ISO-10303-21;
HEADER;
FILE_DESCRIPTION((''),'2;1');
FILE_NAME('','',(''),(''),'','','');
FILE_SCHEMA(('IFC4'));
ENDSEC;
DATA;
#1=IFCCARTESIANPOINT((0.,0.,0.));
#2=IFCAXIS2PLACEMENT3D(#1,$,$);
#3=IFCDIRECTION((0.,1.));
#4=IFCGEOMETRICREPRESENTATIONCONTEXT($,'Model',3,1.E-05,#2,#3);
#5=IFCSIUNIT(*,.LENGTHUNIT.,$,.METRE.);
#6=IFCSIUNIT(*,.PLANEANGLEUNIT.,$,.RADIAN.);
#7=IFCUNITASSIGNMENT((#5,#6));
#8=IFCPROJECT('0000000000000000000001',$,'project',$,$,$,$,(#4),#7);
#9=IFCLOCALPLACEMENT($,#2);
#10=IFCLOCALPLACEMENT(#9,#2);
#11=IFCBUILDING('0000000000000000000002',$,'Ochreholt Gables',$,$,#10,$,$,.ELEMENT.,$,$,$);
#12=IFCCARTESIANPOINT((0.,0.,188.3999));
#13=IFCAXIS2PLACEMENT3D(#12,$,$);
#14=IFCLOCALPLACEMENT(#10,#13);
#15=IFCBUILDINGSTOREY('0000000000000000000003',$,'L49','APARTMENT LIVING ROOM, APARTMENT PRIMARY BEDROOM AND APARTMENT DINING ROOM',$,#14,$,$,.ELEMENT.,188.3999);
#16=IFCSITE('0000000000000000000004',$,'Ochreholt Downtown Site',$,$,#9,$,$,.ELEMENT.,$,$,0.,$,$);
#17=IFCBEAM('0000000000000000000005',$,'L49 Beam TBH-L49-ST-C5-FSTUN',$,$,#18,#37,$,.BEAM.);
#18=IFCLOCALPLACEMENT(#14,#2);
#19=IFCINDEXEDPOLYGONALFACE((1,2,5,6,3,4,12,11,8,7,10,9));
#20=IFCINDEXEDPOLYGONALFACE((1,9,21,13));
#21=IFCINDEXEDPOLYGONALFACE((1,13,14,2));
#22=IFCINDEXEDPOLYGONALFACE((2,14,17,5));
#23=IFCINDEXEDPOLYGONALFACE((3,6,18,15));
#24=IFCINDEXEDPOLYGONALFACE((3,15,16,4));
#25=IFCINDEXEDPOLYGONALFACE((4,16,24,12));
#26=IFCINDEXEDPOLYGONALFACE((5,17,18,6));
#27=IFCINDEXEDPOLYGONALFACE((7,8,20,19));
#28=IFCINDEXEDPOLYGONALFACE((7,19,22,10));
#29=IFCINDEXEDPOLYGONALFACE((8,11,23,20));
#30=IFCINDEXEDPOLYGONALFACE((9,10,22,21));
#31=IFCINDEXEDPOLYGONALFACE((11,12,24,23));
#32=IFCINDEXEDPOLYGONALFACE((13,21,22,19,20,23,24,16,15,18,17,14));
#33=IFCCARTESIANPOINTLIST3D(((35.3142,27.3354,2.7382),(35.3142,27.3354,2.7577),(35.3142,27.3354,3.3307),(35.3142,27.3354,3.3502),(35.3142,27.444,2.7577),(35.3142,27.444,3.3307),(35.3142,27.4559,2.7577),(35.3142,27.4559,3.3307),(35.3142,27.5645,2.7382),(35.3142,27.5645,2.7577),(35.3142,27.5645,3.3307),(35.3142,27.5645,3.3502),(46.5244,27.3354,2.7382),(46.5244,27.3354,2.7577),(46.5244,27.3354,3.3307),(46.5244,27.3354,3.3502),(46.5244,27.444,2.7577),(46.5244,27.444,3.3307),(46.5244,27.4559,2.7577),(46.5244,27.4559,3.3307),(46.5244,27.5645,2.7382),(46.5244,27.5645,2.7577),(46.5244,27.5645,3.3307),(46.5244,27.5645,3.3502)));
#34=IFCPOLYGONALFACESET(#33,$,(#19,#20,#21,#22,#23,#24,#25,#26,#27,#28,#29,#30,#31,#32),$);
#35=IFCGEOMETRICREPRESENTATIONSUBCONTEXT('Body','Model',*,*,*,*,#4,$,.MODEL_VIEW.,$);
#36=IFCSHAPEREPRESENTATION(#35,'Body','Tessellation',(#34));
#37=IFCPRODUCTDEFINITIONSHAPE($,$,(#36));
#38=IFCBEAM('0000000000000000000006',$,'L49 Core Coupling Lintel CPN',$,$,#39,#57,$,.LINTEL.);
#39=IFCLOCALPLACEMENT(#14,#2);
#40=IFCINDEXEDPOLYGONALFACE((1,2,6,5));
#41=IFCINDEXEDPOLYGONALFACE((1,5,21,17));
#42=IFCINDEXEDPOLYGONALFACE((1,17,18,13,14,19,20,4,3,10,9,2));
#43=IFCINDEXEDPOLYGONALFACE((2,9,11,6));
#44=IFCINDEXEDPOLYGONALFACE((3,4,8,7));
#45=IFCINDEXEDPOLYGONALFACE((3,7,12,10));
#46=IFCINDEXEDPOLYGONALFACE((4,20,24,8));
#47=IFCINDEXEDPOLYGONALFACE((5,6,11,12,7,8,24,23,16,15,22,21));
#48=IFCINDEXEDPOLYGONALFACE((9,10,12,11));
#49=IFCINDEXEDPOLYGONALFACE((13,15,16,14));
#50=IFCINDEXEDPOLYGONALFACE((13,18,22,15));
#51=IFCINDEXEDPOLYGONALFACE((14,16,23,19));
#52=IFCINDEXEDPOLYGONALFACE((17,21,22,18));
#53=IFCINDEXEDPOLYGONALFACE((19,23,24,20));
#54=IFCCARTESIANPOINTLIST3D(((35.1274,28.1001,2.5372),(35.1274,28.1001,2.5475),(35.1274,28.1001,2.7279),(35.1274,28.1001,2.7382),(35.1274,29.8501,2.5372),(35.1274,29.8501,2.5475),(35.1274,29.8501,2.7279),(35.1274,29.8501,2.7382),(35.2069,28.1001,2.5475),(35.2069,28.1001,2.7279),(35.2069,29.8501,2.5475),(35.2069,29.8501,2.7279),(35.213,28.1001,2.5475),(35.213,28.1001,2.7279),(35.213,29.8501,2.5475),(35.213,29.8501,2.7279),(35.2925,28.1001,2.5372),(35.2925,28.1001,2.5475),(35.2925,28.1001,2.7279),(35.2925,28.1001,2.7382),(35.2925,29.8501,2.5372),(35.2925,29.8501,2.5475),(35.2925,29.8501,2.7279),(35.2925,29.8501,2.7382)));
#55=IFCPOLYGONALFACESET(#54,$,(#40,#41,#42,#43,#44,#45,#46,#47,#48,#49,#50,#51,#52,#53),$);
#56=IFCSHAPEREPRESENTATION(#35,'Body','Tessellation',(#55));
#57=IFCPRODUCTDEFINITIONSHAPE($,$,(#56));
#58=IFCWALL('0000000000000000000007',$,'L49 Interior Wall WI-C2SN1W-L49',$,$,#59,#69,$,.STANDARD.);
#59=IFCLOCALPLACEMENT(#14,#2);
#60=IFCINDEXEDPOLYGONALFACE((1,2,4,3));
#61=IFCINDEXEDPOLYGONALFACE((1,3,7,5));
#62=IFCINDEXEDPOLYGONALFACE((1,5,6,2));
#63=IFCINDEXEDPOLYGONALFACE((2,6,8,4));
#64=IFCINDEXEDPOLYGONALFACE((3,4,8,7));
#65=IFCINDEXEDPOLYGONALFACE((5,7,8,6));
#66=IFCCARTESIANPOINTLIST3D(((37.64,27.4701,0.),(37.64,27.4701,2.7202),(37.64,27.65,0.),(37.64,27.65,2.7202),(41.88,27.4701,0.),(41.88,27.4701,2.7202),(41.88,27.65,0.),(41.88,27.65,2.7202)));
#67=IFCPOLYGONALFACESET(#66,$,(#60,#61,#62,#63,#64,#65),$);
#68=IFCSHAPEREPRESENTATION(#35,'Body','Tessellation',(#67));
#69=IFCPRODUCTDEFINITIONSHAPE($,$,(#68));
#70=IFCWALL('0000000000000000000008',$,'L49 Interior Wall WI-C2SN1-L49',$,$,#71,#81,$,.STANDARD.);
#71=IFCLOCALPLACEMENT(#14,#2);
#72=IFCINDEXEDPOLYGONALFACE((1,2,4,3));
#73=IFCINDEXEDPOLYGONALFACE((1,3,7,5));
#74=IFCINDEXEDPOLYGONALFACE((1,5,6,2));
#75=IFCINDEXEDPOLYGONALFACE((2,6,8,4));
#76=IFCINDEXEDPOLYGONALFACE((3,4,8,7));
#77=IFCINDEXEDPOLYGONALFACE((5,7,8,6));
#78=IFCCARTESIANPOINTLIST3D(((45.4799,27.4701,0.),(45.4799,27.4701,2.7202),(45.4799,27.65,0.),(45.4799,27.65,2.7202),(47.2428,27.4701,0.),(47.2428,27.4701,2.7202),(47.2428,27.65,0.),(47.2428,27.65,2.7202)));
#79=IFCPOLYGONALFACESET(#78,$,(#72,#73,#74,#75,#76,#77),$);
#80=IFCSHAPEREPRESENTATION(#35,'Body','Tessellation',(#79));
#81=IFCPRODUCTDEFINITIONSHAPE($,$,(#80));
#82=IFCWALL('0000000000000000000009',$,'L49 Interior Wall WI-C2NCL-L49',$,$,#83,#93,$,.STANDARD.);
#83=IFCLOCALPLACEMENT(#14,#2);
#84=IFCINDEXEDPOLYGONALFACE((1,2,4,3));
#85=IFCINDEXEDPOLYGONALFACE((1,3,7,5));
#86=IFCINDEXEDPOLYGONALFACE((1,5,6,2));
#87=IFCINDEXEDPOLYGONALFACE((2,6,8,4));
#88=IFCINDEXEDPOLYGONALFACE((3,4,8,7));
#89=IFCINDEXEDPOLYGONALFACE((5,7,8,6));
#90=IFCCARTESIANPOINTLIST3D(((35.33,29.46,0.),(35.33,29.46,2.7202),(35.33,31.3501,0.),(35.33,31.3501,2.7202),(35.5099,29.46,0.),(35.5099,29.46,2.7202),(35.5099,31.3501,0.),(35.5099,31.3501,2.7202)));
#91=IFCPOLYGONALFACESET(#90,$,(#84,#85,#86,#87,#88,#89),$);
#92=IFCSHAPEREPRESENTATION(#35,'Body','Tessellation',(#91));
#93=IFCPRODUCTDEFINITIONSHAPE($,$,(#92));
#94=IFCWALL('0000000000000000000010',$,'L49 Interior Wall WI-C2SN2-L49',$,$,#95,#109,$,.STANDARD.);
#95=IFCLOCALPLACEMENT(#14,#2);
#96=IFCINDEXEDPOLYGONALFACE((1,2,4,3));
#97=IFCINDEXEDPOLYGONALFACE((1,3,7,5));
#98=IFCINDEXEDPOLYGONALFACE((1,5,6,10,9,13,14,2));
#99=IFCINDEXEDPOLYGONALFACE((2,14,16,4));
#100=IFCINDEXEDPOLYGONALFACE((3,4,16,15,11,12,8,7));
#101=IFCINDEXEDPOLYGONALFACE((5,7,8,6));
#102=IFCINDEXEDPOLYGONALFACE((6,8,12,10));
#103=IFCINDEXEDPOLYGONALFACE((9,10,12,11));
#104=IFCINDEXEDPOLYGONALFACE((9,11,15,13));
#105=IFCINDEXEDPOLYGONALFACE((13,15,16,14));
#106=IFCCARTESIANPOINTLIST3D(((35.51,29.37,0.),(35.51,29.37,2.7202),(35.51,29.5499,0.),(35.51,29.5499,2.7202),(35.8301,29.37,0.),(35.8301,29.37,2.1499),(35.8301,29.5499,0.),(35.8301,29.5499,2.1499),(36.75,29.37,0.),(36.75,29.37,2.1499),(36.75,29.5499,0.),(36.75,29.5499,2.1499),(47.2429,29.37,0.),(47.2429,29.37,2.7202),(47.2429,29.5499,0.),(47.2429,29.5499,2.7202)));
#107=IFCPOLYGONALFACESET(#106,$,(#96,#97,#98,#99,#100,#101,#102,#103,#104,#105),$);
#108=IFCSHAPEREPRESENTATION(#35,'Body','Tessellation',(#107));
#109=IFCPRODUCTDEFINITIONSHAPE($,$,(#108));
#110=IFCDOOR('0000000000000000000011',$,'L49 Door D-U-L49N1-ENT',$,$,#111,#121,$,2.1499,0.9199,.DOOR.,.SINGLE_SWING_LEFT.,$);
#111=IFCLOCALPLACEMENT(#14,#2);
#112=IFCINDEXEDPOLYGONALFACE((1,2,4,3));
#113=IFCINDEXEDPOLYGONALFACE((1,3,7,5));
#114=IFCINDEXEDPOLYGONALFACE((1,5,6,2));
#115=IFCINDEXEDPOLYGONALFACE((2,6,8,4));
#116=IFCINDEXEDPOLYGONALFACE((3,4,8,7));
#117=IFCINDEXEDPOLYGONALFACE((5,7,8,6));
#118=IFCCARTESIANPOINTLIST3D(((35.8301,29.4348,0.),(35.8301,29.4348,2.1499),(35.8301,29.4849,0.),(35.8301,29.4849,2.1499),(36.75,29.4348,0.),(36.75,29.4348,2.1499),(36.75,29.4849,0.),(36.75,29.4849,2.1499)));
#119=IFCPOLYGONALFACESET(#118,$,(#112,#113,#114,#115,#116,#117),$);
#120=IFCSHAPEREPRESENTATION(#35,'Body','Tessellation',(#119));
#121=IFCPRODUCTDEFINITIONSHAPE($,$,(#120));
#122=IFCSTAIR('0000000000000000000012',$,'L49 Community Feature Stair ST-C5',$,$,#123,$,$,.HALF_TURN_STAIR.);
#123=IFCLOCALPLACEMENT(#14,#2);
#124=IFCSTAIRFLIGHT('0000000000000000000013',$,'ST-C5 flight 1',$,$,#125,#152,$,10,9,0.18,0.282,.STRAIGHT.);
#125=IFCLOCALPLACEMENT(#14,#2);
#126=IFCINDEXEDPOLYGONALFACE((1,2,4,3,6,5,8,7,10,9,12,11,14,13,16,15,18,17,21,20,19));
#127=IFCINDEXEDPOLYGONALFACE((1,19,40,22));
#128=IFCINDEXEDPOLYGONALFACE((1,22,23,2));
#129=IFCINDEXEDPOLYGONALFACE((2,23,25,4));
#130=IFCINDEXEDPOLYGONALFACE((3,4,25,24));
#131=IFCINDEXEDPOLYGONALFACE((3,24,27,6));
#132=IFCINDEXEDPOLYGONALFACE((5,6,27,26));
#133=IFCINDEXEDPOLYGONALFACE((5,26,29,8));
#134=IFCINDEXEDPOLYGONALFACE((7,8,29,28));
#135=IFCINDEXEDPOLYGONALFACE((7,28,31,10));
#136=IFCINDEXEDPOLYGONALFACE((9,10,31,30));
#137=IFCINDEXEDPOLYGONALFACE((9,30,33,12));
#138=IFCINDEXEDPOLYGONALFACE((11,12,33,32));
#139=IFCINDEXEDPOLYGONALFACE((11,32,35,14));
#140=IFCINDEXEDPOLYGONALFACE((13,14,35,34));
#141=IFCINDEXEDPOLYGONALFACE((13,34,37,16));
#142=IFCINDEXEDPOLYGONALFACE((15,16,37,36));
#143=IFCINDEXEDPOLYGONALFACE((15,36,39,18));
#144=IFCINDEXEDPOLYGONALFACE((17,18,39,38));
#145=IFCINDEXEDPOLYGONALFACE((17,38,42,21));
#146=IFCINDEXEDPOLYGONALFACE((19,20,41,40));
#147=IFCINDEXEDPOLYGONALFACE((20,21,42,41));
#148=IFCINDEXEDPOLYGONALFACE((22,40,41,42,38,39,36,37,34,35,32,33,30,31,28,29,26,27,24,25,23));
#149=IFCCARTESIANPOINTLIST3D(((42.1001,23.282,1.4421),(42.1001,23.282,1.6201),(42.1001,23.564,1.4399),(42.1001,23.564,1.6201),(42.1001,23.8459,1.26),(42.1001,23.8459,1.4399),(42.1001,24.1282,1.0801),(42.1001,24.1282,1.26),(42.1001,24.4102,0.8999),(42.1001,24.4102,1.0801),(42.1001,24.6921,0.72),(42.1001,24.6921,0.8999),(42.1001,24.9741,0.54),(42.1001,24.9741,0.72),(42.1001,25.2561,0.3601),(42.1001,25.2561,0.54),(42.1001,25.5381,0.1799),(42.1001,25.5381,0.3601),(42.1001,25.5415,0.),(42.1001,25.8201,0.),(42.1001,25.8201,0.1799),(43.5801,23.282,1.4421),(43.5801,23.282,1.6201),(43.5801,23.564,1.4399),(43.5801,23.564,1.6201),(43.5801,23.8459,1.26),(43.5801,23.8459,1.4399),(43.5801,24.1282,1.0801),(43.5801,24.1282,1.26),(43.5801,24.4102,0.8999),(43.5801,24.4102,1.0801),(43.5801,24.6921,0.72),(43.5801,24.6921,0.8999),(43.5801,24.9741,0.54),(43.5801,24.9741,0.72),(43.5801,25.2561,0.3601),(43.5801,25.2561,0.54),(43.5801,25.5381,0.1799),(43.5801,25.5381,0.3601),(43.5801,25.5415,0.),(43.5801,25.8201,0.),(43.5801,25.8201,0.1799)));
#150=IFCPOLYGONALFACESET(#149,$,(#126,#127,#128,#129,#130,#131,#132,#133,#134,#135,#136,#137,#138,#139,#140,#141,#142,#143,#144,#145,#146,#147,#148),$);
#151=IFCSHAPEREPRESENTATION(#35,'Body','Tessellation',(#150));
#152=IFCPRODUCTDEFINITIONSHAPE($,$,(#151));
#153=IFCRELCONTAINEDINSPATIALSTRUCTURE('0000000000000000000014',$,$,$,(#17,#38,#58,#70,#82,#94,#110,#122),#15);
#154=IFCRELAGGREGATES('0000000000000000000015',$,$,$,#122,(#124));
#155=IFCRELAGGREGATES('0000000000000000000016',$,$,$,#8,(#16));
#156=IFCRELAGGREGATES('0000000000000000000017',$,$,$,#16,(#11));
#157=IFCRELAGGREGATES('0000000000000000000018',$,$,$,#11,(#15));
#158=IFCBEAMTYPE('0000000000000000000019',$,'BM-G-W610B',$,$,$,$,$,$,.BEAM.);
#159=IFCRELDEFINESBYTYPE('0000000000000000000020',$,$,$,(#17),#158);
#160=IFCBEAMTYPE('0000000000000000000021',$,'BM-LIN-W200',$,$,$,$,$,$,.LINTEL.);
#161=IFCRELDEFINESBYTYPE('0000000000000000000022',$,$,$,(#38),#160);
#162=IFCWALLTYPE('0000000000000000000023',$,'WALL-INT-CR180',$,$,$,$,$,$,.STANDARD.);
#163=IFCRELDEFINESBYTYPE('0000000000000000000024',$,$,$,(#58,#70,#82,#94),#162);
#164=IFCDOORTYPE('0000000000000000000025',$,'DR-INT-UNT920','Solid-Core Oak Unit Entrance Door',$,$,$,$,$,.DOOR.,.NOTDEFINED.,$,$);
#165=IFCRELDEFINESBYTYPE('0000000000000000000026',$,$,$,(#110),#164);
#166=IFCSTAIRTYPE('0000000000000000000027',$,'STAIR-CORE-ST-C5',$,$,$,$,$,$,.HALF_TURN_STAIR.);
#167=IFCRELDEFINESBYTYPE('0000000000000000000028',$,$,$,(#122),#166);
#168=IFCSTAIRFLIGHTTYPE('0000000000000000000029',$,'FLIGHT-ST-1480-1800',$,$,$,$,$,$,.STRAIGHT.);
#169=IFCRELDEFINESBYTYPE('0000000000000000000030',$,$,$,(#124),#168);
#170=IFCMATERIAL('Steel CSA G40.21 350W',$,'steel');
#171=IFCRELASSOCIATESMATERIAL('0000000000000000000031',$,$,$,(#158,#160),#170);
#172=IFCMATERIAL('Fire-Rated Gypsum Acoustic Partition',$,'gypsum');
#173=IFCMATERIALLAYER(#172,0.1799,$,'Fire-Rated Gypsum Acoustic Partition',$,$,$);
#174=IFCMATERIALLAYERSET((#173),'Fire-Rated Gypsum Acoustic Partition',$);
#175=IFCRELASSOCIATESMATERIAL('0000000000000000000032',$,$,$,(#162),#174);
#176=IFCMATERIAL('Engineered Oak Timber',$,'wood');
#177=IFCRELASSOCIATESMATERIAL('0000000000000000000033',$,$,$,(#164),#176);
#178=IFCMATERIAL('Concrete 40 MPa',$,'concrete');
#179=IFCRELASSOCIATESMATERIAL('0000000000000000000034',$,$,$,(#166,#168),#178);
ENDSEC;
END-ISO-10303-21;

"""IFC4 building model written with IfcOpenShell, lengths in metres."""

from ifc_helpers import new_model, si_unit, direction, frame, frame_2d, origin, origin_2d, place, context, subcontext, project, spatial, polyline, rectangle, i_section, outline, extrude, material, layer, layer_set, material_profile, profile_set, type_object, element, fill, aggregate, save


model = new_model("IFC4")

# Units and contexts
model_context = context("Model", 3, precision=1e-05, world=origin(), true_north=direction((0.0, 1.0)))
body_context = subcontext(model_context, "Body", "Model", "MODEL_VIEW")
ifc_project = project(units=[si_unit("LENGTHUNIT", "METRE"), si_unit("PLANEANGLEUNIT", "RADIAN")], contexts=[model_context])

# Site, building, storey
site_placement = place(None, origin())
site = spatial("IfcSite", under=ifc_project, at=site_placement, Name="Ochreholt Downtown Site", CompositionType="ELEMENT", RefElevation=0.0)
building_placement = place(site_placement, origin())
building = spatial("IfcBuilding", under=site, at=building_placement, Name="Ochreholt Gables", CompositionType="ELEMENT")
storey_placement = place(building_placement, frame((0.0, 0.0, 188.3999)))
storey = spatial("IfcBuildingStorey", under=building, at=storey_placement, Name="L49", Description="APARTMENT LIVING ROOM, APARTMENT PRIMARY BEDROOM AND APARTMENT DINING ROOM", CompositionType="ELEMENT", Elevation=188.3999)

# Beams
ifc_material_1 = material(Name="Steel CSA G40.21 350W", Category="steel")
ifc_material_profile_1 = material_profile(ifc_material_1, i_section(OverallWidth=0.229, OverallDepth=0.6121, WebThickness=0.012, FlangeThickness=0.0195, at=origin_2d()), Name="W610X125")
ifc_profile_set_1 = profile_set([ifc_material_profile_1], Name="Steel CSA G40.21 350W")
beam_type_1 = type_object("IfcBeamType", Name="BM-G-W610B", PredefinedType="BEAM", material=ifc_profile_set_1)
beam_1_placement = place(storey_placement, frame((35.3142, 27.45, 3.0442), z_axis=(1.0, 0.0, 0.0), x_axis=(0.0, 1.0, 0.0)))
element("IfcBeam", 1, at=beam_1_placement, inside=storey, type_object=beam_type_1, Name="L49 Beam TBH-L49-ST-C5-FSTUN", PredefinedType="BEAM", context=body_context, shape_type="SweptSolid", body=[
    extrude(i_section(OverallWidth=0.229, OverallDepth=0.6121, WebThickness=0.012, FlangeThickness=0.0195, at=origin_2d()), origin(), (0.0, 0.0, 1.0), 11.2102),
])
ifc_material_profile_2 = material_profile(ifc_material_1, i_section(OverallWidth=0.165, OverallDepth=0.2009, WebThickness=0.0061, FlangeThickness=0.0103, at=origin_2d()), Name="W200X36")
ifc_profile_set_2 = profile_set([ifc_material_profile_2], Name="Steel CSA G40.21 350W")
beam_type_2 = type_object("IfcBeamType", Name="BM-LIN-W200", PredefinedType="LINTEL", material=ifc_profile_set_2)
beam_2_placement = place(storey_placement, frame((35.21, 28.1001, 2.6377), z_axis=(0.0, 1.0, 0.0), x_axis=(-1.0, 0.0, 0.0)))
element("IfcBeam", 2, at=beam_2_placement, inside=storey, type_object=beam_type_2, Name="L49 Core Coupling Lintel CPN", PredefinedType="LINTEL", context=body_context, shape_type="SweptSolid", body=[
    extrude(i_section(OverallWidth=0.165, OverallDepth=0.2009, WebThickness=0.0061, FlangeThickness=0.0103, at=origin_2d()), origin(), (0.0, 0.0, 1.0), 1.75),
])

# Walls
ifc_material_2 = material(Name="Fire-Rated Gypsum Acoustic Partition", Category="gypsum")
ifc_layer_1 = layer(ifc_material_2, 0.1799, Name="Fire-Rated Gypsum Acoustic Partition")
ifc_layer_set_1 = layer_set([ifc_layer_1], Name="Fire-Rated Gypsum Acoustic Partition")
wall_type_1 = type_object("IfcWallType", Name="WALL-INT-CR180", PredefinedType="STANDARD", material=ifc_layer_set_1)
wall_1_placement = place(storey_placement, frame((37.6399, 27.5601, 0.0), z_axis=(0.0, 0.0, 1.0), x_axis=(1.0, 0.0, 0.0)))
element("IfcWall", 3, at=wall_1_placement, inside=storey, type_object=wall_type_1, Name="L49 Interior Wall WI-C2SN1W-L49", PredefinedType="STANDARD", context=body_context, shape_type="SweptSolid", body=[
    extrude(rectangle(XDim=4.24, YDim=0.1799, at=frame_2d((2.1201, 0.0))), origin(), (0.0, 0.0, 1.0), 2.7202),
])
wall_2_placement = place(storey_placement, frame((45.48, 27.5601, 0.0), z_axis=(0.0, 0.0, 1.0), x_axis=(1.0, 0.0, 0.0)))
element("IfcWall", 4, at=wall_2_placement, inside=storey, type_object=wall_type_1, Name="L49 Interior Wall WI-C2SN1-L49", PredefinedType="STANDARD", context=body_context, shape_type="SweptSolid", body=[
    extrude(rectangle(XDim=1.7629, YDim=0.1799, at=frame_2d((0.8813, 0.0))), origin(), (0.0, 0.0, 1.0), 2.7202),
])
wall_3_placement = place(storey_placement, frame((35.4199, 29.46, 0.0), z_axis=(0.0, 0.0, 1.0), x_axis=(0.0, 1.0, 0.0)))
element("IfcWall", 5, at=wall_3_placement, inside=storey, type_object=wall_type_1, Name="L49 Interior Wall WI-C2NCL-L49", PredefinedType="STANDARD", context=body_context, shape_type="SweptSolid", body=[
    extrude(rectangle(XDim=1.8901, YDim=0.1799, at=frame_2d((0.9451, 0.0))), origin(), (0.0, 0.0, 1.0), 2.7202),
])

# Wall, opening, door
wall_4_placement = place(storey_placement, frame((35.51, 29.46, 0.0), z_axis=(0.0, 0.0, 1.0), x_axis=(1.0, 0.0, 0.0)))
wall_4 = element("IfcWall", 6, at=wall_4_placement, inside=storey, type_object=wall_type_1, Name="L49 Interior Wall WI-C2SN2-L49", PredefinedType="STANDARD", context=body_context, shape_type="SweptSolid", body=[
    extrude(rectangle(XDim=11.7329, YDim=0.1799, at=frame_2d((5.8665, 0.0))), origin(), (0.0, 0.0, 1.0), 2.7202),
])
opening_1_placement = place(wall_4_placement, frame((0.3201, 0.0, 0.0)))
opening_1 = element("IfcOpeningElement", 7, at=opening_1_placement, cuts=wall_4, PredefinedType="OPENING", context=body_context, shape_type="SweptSolid", body=[
    extrude(rectangle(XDim=0.9199, YDim=2.1499, at=frame_2d((0.46, 1.075))), frame((0.0, 0.0999, 0.0), z_axis=(0.0, -1.0, 0.0), x_axis=(1.0, 0.0, 0.0)), (0.0, 0.0, 1.0), 0.2),
])
ifc_material_3 = material(Name="Engineered Oak Timber", Category="wood")
door_type_1 = type_object("IfcDoorType", Name="DR-INT-UNT920", Description="Solid-Core Oak Unit Entrance Door", OperationType="NOTDEFINED", PredefinedType="DOOR", material=ifc_material_3)
door_1_placement = place(opening_1_placement, origin())
door_1 = element("IfcDoor", 8, at=door_1_placement, inside=storey, type_object=door_type_1, Name="L49 Door D-U-L49N1-ENT", OperationType="SINGLE_SWING_LEFT", OverallHeight=2.1499, OverallWidth=0.9199, PredefinedType="DOOR", context=body_context, shape_type="SweptSolid", body=[
    extrude(rectangle(XDim=0.9199, YDim=2.1499, at=frame_2d((0.46, 1.075))), frame((0.0, 0.0249, 0.0), z_axis=(0.0, -1.0, 0.0), x_axis=(1.0, 0.0, 0.0)), (0.0, 0.0, 1.0), 0.05),
])
fill(opening_1, door_1)

# Stair, stair flight
ifc_material_4 = material(Name="Concrete 40 MPa", Category="concrete")
stair_type = type_object("IfcStairType", Name="STAIR-CORE-ST-C5", PredefinedType="HALF_TURN_STAIR", material=ifc_material_4)
stair_placement = place(storey_placement, origin())
stair = element("IfcStair", 9, at=stair_placement, inside=storey, type_object=stair_type, Name="L49 Community Feature Stair ST-C5", PredefinedType="HALF_TURN_STAIR")
stair_flight_type = type_object("IfcStairFlightType", Name="FLIGHT-ST-1480-1800", PredefinedType="STRAIGHT", material=ifc_material_4)
stair_flight_1_placement = place(storey_placement, frame((42.8401, 25.8201, 0.0), z_axis=(0.0, 0.0, 1.0), x_axis=(0.0, -1.0, 0.0)))
stair_flight_1 = element("IfcStairFlight", 10, at=stair_flight_1_placement, type_object=stair_flight_type, Name="ST-C5 flight 1", NumberOfRisers=10, NumberOfTreads=9, PredefinedType="STRAIGHT", RiserHeight=0.18, TreadLength=0.282, context=body_context, shape_type="SweptSolid", body=[
    extrude(outline(polyline([(0.0, 0.0), (0.0, 0.1799), (0.282, 0.1799), (0.282, 0.3601), (0.564, 0.3601), (0.564, 0.54), (0.8459, 0.54), (0.8459, 0.72), (1.1279, 0.72), (1.1279, 0.8999), (1.4099, 0.8999), (1.4099, 1.0801), (1.6919, 1.0801), (1.6919, 1.26), (1.9741, 1.26), (1.9741, 1.4399), (2.2561, 1.4399), (2.2561, 1.6201), (2.5381, 1.6201), (2.5381, 1.8), (2.5381, 1.4421), (0.2786, 0.0), (0.0, 0.0)])), frame((0.0, 0.74, 0.0), z_axis=(0.0, -1.0, 0.0), x_axis=(1.0, 0.0, 0.0)), (0.0, 0.0, 1.0), 1.48),
])
aggregate(stair, [stair_flight_1])

save(model, "model.ifc")
